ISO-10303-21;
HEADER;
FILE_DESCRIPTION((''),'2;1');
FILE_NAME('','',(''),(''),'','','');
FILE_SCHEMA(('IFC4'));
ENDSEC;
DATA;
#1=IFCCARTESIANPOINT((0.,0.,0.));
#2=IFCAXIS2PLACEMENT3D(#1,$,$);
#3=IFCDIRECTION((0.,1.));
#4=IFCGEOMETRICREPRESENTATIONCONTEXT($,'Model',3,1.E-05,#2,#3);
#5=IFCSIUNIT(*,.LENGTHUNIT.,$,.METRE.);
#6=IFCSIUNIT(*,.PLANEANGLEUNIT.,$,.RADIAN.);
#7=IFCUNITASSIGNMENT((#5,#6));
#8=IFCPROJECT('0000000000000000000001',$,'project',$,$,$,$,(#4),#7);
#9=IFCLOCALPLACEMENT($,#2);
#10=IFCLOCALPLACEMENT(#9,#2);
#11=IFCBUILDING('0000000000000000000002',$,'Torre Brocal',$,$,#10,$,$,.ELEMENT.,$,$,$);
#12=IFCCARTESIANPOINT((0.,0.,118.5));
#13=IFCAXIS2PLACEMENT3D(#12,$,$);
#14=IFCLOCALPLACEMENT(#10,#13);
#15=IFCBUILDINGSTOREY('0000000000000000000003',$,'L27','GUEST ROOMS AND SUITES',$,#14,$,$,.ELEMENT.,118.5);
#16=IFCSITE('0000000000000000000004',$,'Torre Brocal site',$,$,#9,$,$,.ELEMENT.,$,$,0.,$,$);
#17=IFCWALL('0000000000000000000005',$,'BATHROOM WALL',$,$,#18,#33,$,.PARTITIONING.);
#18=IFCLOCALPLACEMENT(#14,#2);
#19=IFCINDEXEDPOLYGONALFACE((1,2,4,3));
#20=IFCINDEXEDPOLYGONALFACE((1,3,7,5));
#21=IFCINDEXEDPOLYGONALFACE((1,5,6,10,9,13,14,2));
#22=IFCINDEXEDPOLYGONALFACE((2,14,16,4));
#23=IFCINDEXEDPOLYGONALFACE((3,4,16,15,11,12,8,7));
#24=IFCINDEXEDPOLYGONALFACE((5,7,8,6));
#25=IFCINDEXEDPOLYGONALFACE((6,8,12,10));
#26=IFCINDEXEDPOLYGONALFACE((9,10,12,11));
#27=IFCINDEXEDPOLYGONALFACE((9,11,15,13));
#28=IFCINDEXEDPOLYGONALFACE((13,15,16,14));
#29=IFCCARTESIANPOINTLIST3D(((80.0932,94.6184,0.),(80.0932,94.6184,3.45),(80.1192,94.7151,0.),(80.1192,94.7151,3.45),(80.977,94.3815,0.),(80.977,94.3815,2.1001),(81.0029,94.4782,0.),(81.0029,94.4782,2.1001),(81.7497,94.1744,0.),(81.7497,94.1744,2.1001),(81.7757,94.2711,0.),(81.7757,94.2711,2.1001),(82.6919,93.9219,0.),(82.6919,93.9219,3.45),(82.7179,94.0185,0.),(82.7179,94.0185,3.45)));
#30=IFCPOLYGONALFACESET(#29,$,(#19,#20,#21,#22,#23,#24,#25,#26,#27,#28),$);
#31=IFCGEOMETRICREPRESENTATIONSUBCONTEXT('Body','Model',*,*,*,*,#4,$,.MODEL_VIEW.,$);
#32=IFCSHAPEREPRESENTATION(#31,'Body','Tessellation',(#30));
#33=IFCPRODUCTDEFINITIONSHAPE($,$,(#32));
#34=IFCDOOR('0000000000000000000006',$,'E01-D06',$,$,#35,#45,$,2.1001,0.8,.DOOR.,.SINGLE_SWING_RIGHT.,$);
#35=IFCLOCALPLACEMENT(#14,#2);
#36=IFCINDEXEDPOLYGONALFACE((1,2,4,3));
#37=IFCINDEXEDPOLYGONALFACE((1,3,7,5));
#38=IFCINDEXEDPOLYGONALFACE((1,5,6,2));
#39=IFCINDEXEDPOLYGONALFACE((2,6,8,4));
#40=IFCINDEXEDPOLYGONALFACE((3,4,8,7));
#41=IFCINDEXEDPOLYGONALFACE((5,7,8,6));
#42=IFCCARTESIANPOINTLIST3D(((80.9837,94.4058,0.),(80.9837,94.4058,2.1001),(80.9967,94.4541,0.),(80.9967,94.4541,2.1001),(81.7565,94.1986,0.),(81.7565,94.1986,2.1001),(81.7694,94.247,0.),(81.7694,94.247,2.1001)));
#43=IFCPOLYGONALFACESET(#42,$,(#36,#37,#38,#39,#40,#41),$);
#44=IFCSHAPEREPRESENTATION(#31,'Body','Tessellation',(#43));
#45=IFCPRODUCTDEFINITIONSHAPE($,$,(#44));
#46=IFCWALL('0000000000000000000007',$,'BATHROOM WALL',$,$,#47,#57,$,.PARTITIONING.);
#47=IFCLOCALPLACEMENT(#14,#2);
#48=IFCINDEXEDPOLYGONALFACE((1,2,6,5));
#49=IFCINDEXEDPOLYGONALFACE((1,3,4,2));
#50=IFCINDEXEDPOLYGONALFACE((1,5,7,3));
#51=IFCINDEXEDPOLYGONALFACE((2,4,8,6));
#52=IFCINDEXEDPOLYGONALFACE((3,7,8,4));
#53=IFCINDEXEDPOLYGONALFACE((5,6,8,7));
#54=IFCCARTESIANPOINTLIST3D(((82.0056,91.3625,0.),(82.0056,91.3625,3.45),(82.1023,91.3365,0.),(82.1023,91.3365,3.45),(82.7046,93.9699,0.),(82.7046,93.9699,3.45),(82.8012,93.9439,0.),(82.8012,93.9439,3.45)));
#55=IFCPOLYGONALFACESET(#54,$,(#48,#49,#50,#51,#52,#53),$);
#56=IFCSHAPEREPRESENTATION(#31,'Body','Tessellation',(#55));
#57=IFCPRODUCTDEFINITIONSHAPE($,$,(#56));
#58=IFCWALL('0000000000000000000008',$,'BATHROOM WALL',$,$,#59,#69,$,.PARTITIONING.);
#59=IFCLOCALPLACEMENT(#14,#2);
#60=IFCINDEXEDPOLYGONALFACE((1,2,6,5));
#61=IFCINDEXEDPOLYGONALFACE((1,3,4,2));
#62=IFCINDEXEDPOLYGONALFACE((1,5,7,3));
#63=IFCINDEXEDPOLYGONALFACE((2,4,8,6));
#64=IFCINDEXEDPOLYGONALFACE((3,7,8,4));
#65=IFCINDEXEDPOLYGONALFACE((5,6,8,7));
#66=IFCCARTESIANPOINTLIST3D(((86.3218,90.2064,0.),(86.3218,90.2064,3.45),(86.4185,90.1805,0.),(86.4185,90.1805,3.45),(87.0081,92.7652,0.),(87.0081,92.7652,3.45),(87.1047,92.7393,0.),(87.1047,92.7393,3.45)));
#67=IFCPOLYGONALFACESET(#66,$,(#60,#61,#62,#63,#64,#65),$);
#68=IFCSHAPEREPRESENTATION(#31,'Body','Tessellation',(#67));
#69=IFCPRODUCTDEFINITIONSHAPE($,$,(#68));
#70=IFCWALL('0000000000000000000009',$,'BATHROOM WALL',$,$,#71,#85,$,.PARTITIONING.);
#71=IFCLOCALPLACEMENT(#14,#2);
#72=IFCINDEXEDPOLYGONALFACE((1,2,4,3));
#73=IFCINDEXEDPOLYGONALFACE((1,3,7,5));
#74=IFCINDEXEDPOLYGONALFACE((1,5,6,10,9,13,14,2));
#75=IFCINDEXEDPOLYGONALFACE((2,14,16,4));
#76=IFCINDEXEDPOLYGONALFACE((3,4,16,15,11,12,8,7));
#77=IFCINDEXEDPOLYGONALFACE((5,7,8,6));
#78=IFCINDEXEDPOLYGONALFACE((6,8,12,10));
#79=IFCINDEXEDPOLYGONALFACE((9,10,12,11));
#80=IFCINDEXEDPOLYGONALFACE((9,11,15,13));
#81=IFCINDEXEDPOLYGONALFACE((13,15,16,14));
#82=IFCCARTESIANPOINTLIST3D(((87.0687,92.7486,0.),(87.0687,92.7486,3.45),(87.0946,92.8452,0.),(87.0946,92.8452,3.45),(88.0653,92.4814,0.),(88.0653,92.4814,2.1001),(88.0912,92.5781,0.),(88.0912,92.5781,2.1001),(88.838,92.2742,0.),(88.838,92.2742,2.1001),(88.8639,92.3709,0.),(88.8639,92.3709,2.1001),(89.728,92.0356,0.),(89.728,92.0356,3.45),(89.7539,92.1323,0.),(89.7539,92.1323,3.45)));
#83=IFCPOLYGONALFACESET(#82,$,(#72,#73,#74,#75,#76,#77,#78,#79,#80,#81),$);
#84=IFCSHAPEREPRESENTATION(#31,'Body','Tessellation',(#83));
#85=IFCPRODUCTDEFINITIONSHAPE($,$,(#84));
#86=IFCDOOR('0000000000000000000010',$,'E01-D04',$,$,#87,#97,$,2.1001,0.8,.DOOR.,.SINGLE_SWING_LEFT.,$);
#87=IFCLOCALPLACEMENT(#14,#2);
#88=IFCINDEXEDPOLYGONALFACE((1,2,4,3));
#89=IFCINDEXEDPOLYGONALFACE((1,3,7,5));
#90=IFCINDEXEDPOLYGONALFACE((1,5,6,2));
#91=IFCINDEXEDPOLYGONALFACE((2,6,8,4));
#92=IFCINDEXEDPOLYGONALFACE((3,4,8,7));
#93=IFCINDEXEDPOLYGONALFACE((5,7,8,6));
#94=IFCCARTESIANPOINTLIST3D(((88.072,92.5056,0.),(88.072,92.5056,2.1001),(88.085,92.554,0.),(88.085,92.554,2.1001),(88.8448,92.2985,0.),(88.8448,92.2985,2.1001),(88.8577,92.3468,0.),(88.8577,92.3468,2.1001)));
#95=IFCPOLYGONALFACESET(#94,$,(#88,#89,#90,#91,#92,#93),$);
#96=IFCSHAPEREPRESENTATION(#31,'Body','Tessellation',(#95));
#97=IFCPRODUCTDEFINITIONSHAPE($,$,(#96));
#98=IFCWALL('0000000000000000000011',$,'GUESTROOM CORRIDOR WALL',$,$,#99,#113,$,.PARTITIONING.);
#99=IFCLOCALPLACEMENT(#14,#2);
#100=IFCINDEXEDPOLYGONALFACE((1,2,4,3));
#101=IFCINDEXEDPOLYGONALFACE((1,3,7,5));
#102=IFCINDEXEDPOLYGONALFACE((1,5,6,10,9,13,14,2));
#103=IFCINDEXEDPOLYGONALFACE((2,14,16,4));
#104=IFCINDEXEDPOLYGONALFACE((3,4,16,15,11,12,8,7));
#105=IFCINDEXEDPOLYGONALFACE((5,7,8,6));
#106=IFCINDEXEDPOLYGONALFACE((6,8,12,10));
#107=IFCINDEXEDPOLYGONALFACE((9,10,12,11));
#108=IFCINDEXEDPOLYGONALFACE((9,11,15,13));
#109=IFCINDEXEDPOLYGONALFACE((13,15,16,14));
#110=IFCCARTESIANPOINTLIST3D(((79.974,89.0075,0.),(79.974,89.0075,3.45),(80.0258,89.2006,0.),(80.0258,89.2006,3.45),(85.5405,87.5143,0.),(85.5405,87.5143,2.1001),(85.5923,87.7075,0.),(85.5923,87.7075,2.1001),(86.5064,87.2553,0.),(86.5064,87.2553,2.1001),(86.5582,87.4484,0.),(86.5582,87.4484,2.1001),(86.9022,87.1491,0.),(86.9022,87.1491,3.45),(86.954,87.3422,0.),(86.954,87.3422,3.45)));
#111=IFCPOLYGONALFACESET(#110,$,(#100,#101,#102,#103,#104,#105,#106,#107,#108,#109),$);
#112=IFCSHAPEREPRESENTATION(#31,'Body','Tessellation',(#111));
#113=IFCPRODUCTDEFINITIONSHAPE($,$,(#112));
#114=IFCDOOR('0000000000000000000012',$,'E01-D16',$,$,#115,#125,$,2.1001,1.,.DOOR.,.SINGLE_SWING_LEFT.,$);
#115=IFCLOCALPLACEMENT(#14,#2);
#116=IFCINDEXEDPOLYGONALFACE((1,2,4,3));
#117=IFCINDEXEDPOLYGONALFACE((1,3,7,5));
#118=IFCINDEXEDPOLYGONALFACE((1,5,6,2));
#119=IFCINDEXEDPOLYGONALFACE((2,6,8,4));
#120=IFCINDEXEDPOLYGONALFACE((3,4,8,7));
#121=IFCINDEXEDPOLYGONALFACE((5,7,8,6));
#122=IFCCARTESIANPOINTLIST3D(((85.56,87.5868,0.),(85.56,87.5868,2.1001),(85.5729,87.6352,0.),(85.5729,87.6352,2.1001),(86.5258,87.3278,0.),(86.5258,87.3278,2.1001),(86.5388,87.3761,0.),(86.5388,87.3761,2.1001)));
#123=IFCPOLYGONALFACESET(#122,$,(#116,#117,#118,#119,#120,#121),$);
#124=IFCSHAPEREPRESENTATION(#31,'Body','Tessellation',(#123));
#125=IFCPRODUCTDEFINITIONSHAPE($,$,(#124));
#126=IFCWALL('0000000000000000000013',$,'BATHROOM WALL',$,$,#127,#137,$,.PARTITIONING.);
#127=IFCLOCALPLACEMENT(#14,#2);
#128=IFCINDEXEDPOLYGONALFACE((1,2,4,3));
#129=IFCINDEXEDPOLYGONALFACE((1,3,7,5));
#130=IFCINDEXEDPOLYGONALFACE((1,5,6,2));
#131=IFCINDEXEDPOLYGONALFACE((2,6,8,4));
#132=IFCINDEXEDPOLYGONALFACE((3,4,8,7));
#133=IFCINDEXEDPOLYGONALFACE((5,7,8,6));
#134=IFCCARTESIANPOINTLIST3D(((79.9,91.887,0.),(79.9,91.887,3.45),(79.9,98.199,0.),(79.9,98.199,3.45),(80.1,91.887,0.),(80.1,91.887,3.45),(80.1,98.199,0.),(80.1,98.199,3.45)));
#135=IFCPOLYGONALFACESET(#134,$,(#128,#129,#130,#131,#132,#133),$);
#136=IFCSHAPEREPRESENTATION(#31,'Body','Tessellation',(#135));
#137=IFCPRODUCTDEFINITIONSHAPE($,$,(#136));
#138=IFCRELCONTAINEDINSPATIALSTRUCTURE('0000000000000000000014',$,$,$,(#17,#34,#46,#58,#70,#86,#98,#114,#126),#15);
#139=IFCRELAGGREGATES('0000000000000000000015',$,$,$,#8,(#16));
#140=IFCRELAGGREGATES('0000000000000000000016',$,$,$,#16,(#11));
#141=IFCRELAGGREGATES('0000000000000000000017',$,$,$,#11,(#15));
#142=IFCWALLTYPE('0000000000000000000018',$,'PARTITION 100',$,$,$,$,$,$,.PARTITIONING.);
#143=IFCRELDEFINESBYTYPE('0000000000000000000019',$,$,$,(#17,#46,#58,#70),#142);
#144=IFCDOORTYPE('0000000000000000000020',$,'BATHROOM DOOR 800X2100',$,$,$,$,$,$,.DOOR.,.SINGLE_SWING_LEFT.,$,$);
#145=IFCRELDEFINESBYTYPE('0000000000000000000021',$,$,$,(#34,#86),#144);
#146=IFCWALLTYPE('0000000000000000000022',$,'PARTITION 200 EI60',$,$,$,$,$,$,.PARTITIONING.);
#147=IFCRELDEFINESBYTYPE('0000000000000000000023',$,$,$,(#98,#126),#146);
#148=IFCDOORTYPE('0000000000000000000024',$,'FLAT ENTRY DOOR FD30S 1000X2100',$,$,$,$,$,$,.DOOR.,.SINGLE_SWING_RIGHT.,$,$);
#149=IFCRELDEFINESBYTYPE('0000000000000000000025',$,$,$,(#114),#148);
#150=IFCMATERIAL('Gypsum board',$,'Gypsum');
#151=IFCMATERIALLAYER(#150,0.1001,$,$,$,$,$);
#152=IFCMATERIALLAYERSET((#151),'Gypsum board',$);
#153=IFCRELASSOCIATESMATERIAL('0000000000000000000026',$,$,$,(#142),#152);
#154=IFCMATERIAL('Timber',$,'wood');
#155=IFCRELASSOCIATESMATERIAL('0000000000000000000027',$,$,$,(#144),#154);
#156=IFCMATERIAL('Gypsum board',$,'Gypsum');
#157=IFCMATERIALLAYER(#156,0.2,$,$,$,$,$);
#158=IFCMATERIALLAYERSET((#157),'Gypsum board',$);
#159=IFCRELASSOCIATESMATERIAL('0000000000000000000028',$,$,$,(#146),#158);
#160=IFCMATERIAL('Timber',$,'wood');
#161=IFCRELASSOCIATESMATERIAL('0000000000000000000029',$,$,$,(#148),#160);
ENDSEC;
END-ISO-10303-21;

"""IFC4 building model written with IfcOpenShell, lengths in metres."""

from ifc_helpers import new_model, si_unit, direction, frame, frame_2d, origin, place, context, subcontext, project, spatial, rectangle, extrude, material, layer, layer_set, type_object, element, fill, save


model = new_model("IFC4")

# Units and contexts
model_context = context("Model", 3, precision=1e-05, world=origin(), true_north=direction((0.0, 1.0)))
body_context = subcontext(model_context, "Body", "Model", "MODEL_VIEW")
ifc_project = project(units=[si_unit("LENGTHUNIT", "METRE"), si_unit("PLANEANGLEUNIT", "RADIAN")], contexts=[model_context])

# Site, building, storey
site_placement = place(None, origin())
site = spatial("IfcSite", under=ifc_project, at=site_placement, Name="Torre Brocal site", CompositionType="ELEMENT", RefElevation=0.0)
building_placement = place(site_placement, origin())
building = spatial("IfcBuilding", under=site, at=building_placement, Name="Torre Brocal", CompositionType="ELEMENT")
storey_placement = place(building_placement, frame((0.0, 0.0, 118.5)))
storey = spatial("IfcBuildingStorey", under=building, at=storey_placement, Name="L27", Description="GUEST ROOMS AND SUITES", CompositionType="ELEMENT", Elevation=118.5)

# Wall, opening, door
ifc_material_1 = material(Name="Gypsum board", Category="Gypsum")
ifc_layer_1 = layer(ifc_material_1, 0.1001)
ifc_layer_set_1 = layer_set([ifc_layer_1], Name="Gypsum board")
wall_type_1 = type_object("IfcWallType", Name="PARTITION 100", PredefinedType="PARTITIONING", material=ifc_layer_set_1)
wall_1_placement = place(storey_placement, frame((80.1062, 94.6667, 0.0), z_axis=(0.0, 0.0, 1.0), x_axis=(0.965904, -0.258899, 0.0)))
wall_1 = element("IfcWall", 1, at=wall_1_placement, inside=storey, type_object=wall_type_1, Name="BATHROOM WALL", PredefinedType="PARTITIONING", context=body_context, shape_type="SweptSolid", body=[
    extrude(rectangle(XDim=2.6904, YDim=0.1001, at=frame_2d((1.3452, 0.0))), origin(), (0.0, 0.0, 1.0), 3.45),
])
opening_1_placement = place(wall_1_placement, frame((0.915, 0.0, 0.0)))
opening_1 = element("IfcOpeningElement", 2, at=opening_1_placement, cuts=wall_1, PredefinedType="OPENING", context=body_context, shape_type="SweptSolid", body=[
    extrude(rectangle(XDim=0.8, YDim=2.1001, at=frame_2d((0.3999, 1.05))), frame((0.0, 0.0601, 0.0), z_axis=(0.0, -1.0, 0.0), x_axis=(1.0, 0.0, 0.0)), (0.0, 0.0, 1.0), 0.1201),
])
ifc_material_2 = material(Name="Timber", Category="wood")
door_type_1 = type_object("IfcDoorType", Name="BATHROOM DOOR 800X2100", OperationType="SINGLE_SWING_LEFT", PredefinedType="DOOR", material=ifc_material_2)
door_1_placement = place(opening_1_placement, frame((0.8, 0.0, 0.0), z_axis=(0.0, 0.0, 1.0), x_axis=(-1.0, 0.0, 0.0)))
door_1 = element("IfcDoor", 3, at=door_1_placement, inside=storey, type_object=door_type_1, Name="E01-D06", OperationType="SINGLE_SWING_RIGHT", OverallHeight=2.1001, OverallWidth=0.8, PredefinedType="DOOR", context=body_context, shape_type="SweptSolid", body=[
    extrude(rectangle(XDim=0.8, YDim=2.1001, at=frame_2d((0.3999, 1.05))), frame((0.0, 0.0249, 0.0), z_axis=(0.0, -1.0, 0.0), x_axis=(1.0, 0.0, 0.0)), (0.0, 0.0, 1.0), 0.05),
])
fill(opening_1, door_1)

# Walls
wall_2_placement = place(storey_placement, frame((82.054, 91.3496, 0.0), z_axis=(0.0, 0.0, 1.0), x_axis=(0.258929, 0.965896, 0.0)))
element("IfcWall", 4, at=wall_2_placement, inside=storey, type_object=wall_type_1, Name="BATHROOM WALL", PredefinedType="PARTITIONING", context=body_context, shape_type="SweptSolid", body=[
    extrude(rectangle(XDim=2.6995, YDim=0.1001, at=frame_2d((1.3496, 0.0))), origin(), (0.0, 0.0, 1.0), 3.45),
])
wall_3_placement = place(storey_placement, frame((86.3701, 90.1934, 0.0), z_axis=(0.0, 0.0, 1.0), x_axis=(0.259045, 0.965865, 0.0)))
element("IfcWall", 5, at=wall_3_placement, inside=storey, type_object=wall_type_1, Name="BATHROOM WALL", PredefinedType="PARTITIONING", context=body_context, shape_type="SweptSolid", body=[
    extrude(rectangle(XDim=2.6492, YDim=0.1001, at=frame_2d((1.3247, 0.0))), origin(), (0.0, 0.0, 1.0), 3.45),
])

# Walls, openings, doors
wall_4_placement = place(storey_placement, frame((87.0818, 92.7969, 0.0), z_axis=(0.0, 0.0, 1.0), x_axis=(0.965893, -0.258943, 0.0)))
wall_4 = element("IfcWall", 6, at=wall_4_placement, inside=storey, type_object=wall_type_1, Name="BATHROOM WALL", PredefinedType="PARTITIONING", context=body_context, shape_type="SweptSolid", body=[
    extrude(rectangle(XDim=2.7532, YDim=0.1001, at=frame_2d((1.3765, 0.0))), origin(), (0.0, 0.0, 1.0), 3.45),
])
opening_2_placement = place(wall_4_placement, frame((1.0317, 0.0, 0.0)))
opening_2 = element("IfcOpeningElement", 7, at=opening_2_placement, cuts=wall_4, PredefinedType="OPENING", context=body_context, shape_type="SweptSolid", body=[
    extrude(rectangle(XDim=0.8, YDim=2.1001, at=frame_2d((0.3999, 1.05))), frame((0.0, 0.0601, 0.0), z_axis=(0.0, -1.0, 0.0), x_axis=(1.0, 0.0, 0.0)), (0.0, 0.0, 1.0), 0.1201),
])
door_2_placement = place(opening_2_placement, frame((0.8, 0.0, 0.0), z_axis=(0.0, 0.0, 1.0), x_axis=(-1.0, 0.0, 0.0)))
door_2 = element("IfcDoor", 8, at=door_2_placement, inside=storey, type_object=door_type_1, Name="E01-D04", OperationType="SINGLE_SWING_LEFT", OverallHeight=2.1001, OverallWidth=0.8, PredefinedType="DOOR", context=body_context, shape_type="SweptSolid", body=[
    extrude(rectangle(XDim=0.8, YDim=2.1001, at=frame_2d((0.3999, 1.05))), frame((0.0, 0.0249, 0.0), z_axis=(0.0, -1.0, 0.0), x_axis=(1.0, 0.0, 0.0)), (0.0, 0.0, 1.0), 0.05),
])
fill(opening_2, door_2)
ifc_material_3 = material(Name="Gypsum board", Category="Gypsum")
ifc_layer_2 = layer(ifc_material_3, 0.2)
ifc_layer_set_2 = layer_set([ifc_layer_2], Name="Gypsum board")
wall_type_2 = type_object("IfcWallType", Name="PARTITION 200 EI60", PredefinedType="PARTITIONING", material=ifc_layer_set_2)
wall_5_placement = place(storey_placement, frame((80.0, 89.104, 0.0), z_axis=(0.0, 0.0, 1.0), x_axis=(0.965857, -0.259077, 0.0)))
wall_5 = element("IfcWall", 9, at=wall_5_placement, inside=storey, type_object=wall_type_2, Name="GUESTROOM CORRIDOR WALL", PredefinedType="PARTITIONING", context=body_context, shape_type="SweptSolid", body=[
    extrude(rectangle(XDim=7.1731, YDim=0.2, at=frame_2d((3.5864, 0.0))), origin(), (0.0, 0.0, 1.0), 3.45),
])
opening_3_placement = place(wall_5_placement, frame((5.7632, 0.0, 0.0)))
opening_3 = element("IfcOpeningElement", 10, at=opening_3_placement, cuts=wall_5, PredefinedType="OPENING", context=body_context, shape_type="SweptSolid", body=[
    extrude(rectangle(XDim=1.0, YDim=2.1001, at=frame_2d((0.5, 1.05))), frame((0.0, 0.1099, 0.0), z_axis=(0.0, -1.0, 0.0), x_axis=(1.0, 0.0, 0.0)), (0.0, 0.0, 1.0), 0.22),
])
ifc_material_4 = material(Name="Timber", Category="wood")
door_type_2 = type_object("IfcDoorType", Name="FLAT ENTRY DOOR FD30S 1000X2100", OperationType="SINGLE_SWING_RIGHT", PredefinedType="DOOR", material=ifc_material_4)
door_3_placement = place(opening_3_placement, frame((1.0, 0.0, 0.0), z_axis=(0.0, 0.0, 1.0), x_axis=(-1.0, 0.0, 0.0)))
door_3 = element("IfcDoor", 11, at=door_3_placement, inside=storey, type_object=door_type_2, Name="E01-D16", OperationType="SINGLE_SWING_LEFT", OverallHeight=2.1001, OverallWidth=1.0, PredefinedType="DOOR", context=body_context, shape_type="SweptSolid", body=[
    extrude(rectangle(XDim=1.0, YDim=2.1001, at=frame_2d((0.5, 1.05))), frame((0.0, 0.0249, 0.0), z_axis=(0.0, -1.0, 0.0), x_axis=(1.0, 0.0, 0.0)), (0.0, 0.0, 1.0), 0.05),
])
fill(opening_3, door_3)

# Wall
wall_6_placement = place(storey_placement, frame((80.0, 91.887, 0.0), z_axis=(0.0, 0.0, 1.0), x_axis=(0.0, 1.0, 0.0)))
element("IfcWall", 12, at=wall_6_placement, inside=storey, type_object=wall_type_2, Name="BATHROOM WALL", PredefinedType="PARTITIONING", context=body_context, shape_type="SweptSolid", body=[
    extrude(rectangle(XDim=6.312, YDim=0.2, at=frame_2d((3.156, 0.0))), origin(), (0.0, 0.0, 1.0), 3.45),
])

save(model, "model.ifc")
